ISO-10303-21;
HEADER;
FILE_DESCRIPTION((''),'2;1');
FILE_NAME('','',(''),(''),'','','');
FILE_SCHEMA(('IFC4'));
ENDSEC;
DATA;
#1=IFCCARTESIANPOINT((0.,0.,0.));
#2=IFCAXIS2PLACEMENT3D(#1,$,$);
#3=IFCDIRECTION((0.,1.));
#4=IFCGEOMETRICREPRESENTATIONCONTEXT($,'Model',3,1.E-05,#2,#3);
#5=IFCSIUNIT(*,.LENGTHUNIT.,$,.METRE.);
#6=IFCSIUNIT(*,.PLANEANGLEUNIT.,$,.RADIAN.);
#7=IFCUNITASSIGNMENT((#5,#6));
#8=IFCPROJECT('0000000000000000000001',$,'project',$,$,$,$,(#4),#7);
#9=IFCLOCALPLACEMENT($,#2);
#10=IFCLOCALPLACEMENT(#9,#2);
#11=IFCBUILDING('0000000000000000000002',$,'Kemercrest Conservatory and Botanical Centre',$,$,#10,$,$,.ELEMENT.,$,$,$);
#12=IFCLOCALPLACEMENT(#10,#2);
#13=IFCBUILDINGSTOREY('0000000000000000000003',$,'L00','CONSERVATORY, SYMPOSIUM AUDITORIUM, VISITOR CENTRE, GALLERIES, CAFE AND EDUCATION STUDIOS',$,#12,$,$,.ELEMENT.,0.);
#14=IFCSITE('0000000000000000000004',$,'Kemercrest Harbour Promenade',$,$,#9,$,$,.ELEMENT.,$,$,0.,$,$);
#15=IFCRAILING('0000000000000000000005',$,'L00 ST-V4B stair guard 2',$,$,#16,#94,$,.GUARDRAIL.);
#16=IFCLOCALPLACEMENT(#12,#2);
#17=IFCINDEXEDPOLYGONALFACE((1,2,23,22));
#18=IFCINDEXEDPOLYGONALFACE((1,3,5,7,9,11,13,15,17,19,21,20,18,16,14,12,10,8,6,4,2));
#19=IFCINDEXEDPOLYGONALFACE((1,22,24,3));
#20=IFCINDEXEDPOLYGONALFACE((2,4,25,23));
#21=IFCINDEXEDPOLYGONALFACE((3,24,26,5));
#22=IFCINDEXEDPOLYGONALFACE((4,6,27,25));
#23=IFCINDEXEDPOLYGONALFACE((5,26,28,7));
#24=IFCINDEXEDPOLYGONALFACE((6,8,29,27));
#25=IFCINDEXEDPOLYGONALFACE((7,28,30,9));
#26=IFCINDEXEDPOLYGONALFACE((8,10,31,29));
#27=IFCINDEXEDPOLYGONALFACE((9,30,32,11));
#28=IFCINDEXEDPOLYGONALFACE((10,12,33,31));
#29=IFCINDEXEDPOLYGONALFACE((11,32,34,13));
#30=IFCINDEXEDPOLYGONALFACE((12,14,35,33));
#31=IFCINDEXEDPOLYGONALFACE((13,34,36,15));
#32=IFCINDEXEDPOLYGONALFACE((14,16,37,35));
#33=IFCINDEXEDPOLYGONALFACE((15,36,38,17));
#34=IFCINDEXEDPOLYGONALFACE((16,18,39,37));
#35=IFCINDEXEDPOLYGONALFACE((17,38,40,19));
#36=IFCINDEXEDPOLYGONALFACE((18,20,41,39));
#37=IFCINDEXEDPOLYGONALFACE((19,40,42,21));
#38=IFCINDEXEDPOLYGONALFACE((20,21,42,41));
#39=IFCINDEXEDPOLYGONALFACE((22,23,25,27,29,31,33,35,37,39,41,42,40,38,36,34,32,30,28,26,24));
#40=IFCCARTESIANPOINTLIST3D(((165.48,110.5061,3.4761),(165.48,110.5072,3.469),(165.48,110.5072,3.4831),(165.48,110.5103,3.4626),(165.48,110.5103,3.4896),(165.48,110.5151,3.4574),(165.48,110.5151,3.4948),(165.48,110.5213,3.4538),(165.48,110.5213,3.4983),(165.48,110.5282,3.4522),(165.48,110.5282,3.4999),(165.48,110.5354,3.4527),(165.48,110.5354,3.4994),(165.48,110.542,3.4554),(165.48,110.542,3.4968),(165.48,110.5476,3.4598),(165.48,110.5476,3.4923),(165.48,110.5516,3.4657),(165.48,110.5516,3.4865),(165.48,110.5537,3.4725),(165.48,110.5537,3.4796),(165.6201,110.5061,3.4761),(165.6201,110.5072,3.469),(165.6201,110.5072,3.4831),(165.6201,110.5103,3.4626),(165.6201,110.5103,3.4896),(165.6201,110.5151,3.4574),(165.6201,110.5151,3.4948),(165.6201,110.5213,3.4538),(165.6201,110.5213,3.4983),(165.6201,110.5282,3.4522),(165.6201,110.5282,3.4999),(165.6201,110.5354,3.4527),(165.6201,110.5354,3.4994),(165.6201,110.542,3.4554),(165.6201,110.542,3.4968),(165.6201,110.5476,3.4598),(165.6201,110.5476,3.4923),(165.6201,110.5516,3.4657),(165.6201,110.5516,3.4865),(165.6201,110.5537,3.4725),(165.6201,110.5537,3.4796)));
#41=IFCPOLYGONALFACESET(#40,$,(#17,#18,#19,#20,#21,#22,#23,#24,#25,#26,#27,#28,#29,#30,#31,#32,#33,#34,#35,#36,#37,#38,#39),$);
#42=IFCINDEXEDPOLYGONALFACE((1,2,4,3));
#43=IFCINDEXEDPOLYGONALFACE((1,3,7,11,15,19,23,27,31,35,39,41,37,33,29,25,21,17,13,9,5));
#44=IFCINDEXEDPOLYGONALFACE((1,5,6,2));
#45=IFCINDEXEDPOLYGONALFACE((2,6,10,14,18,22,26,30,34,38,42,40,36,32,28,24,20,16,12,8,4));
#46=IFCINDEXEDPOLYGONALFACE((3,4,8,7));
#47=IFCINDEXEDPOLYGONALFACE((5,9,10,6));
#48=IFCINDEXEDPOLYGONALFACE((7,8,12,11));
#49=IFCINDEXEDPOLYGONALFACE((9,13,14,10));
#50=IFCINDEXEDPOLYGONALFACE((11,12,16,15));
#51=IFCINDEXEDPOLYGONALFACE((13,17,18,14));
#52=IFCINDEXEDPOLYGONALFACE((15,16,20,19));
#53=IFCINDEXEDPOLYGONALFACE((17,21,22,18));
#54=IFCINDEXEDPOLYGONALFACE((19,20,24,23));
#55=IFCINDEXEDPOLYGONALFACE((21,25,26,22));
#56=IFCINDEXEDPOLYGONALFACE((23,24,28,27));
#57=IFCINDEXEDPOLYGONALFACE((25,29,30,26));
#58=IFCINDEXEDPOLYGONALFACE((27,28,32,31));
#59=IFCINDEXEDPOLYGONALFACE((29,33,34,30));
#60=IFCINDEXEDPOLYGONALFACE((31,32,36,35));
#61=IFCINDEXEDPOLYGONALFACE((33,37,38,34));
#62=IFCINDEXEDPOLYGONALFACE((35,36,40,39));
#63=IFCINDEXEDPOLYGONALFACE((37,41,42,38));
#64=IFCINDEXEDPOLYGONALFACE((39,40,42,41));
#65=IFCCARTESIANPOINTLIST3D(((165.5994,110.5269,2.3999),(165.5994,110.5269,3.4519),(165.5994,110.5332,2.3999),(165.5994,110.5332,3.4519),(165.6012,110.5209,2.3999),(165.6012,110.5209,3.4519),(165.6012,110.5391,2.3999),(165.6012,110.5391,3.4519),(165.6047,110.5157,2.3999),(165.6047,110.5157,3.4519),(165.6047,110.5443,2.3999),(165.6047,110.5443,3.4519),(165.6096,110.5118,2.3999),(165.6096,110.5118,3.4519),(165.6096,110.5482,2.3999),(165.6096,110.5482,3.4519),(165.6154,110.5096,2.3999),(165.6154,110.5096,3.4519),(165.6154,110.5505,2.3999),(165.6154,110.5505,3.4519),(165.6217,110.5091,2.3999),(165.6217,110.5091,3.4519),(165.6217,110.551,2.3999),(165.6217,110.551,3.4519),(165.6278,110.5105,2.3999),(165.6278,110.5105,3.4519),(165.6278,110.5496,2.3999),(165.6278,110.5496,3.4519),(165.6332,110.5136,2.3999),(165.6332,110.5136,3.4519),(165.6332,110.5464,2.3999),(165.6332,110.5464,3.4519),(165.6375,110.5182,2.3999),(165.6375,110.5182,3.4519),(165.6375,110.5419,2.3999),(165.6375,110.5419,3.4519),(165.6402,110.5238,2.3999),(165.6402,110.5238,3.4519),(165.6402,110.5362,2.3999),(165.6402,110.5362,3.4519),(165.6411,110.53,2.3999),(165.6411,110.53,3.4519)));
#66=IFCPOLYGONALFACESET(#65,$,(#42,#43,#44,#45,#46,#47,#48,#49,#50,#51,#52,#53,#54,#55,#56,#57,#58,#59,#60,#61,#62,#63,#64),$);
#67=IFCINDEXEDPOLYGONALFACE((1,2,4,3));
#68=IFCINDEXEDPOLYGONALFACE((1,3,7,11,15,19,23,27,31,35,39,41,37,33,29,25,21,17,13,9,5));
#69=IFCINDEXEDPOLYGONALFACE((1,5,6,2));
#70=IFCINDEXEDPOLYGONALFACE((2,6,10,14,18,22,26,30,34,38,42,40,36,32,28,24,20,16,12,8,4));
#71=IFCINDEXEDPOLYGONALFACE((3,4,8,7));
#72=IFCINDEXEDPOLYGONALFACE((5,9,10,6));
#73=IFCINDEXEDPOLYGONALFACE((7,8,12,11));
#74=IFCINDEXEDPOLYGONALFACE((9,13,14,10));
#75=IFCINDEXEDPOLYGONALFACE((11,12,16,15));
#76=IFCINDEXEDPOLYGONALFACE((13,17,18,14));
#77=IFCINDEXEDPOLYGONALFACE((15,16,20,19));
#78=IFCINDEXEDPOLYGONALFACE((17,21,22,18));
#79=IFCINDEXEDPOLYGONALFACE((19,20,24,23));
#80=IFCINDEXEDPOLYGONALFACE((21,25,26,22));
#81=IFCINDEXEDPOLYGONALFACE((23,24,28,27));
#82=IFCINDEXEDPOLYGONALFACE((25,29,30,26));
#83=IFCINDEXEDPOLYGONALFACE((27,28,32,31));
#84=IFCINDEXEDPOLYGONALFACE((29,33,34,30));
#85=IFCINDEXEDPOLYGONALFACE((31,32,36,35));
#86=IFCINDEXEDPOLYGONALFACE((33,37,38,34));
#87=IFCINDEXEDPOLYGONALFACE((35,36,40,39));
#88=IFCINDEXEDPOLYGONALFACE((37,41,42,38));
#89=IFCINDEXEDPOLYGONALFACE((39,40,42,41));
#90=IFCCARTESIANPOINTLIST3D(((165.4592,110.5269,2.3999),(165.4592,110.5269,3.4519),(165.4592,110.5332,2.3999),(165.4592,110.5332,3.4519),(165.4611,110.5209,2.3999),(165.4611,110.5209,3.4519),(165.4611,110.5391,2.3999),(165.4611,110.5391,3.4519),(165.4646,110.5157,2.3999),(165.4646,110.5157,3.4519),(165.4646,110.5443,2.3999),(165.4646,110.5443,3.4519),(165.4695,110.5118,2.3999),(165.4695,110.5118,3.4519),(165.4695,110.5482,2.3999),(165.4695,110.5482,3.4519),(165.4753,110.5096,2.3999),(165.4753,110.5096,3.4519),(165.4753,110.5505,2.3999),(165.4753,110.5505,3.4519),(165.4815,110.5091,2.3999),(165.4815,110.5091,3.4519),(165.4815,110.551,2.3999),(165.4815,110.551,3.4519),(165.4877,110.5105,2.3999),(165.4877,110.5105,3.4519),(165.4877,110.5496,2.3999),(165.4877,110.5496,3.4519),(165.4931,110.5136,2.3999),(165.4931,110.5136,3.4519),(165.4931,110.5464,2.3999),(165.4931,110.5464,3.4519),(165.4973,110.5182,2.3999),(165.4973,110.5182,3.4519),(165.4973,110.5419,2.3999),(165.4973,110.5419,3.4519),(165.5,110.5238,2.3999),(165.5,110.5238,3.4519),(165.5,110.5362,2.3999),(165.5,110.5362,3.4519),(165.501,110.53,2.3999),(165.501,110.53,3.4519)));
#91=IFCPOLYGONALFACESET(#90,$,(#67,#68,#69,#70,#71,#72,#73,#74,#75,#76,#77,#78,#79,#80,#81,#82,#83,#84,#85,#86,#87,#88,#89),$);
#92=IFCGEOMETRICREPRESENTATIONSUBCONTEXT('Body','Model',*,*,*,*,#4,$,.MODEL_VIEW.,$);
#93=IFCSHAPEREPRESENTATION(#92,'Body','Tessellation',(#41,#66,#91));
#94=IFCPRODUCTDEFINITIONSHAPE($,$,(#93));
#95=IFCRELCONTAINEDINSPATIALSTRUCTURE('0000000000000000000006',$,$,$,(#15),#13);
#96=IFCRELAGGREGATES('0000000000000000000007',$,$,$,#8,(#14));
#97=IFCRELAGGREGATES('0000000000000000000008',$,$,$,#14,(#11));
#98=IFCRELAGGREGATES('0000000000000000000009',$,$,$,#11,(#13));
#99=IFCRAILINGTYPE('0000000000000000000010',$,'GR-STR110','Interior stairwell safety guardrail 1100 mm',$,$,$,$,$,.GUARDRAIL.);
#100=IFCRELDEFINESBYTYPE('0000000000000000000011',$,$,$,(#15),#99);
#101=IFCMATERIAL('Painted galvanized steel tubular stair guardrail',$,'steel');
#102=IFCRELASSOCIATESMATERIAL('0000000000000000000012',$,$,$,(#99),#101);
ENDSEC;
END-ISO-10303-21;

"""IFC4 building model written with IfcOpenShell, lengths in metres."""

from ifc_helpers import new_model, si_unit, direction, frame, origin, origin_2d, place, context, subcontext, project, spatial, circle, extrude, material, type_object, element, save


model = new_model("IFC4")

# Units and contexts
model_context = context("Model", 3, precision=1e-05, world=origin(), true_north=direction((0.0, 1.0)))
body_context = subcontext(model_context, "Body", "Model", "MODEL_VIEW")
ifc_project = project(units=[si_unit("LENGTHUNIT", "METRE"), si_unit("PLANEANGLEUNIT", "RADIAN")], contexts=[model_context])

# Site, building, storey
site_placement = place(None, origin())
site = spatial("IfcSite", under=ifc_project, at=site_placement, Name="Kemercrest Harbour Promenade", CompositionType="ELEMENT", RefElevation=0.0)
building_placement = place(site_placement, origin())
building = spatial("IfcBuilding", under=site, at=building_placement, Name="Kemercrest Conservatory and Botanical Centre", CompositionType="ELEMENT")
storey_placement = place(building_placement, origin())
storey = spatial("IfcBuildingStorey", under=building, at=storey_placement, Name="L00", Description="CONSERVATORY, SYMPOSIUM AUDITORIUM, VISITOR CENTRE, GALLERIES, CAFE AND EDUCATION STUDIOS", CompositionType="ELEMENT", Elevation=0.0)

# Railing
ifc_material_1 = material(Name="Painted galvanized steel tubular stair guardrail", Category="steel")
railing_type_1 = type_object("IfcRailingType", Name="GR-STR110", Description="Interior stairwell safety guardrail 1100 mm", PredefinedType="GUARDRAIL", material=ifc_material_1)
railing_1_placement = place(storey_placement, frame((165.6201, 110.53, 2.3999)))
element("IfcRailing", 1, at=railing_1_placement, inside=storey, type_object=railing_type_1, Name="L00 ST-V4B stair guard 2", PredefinedType="GUARDRAIL", context=body_context, shape_type="SweptSolid", body=[
    extrude(circle(Radius=0.0239, at=origin_2d()), frame((0.0, 0.0, 1.0762), z_axis=(-1.0, 0.0, 0.0), x_axis=(0.0, -1.0, 0.0)), (0.0, 0.0, 1.0), 0.1401),
    extrude(circle(Radius=0.021, at=origin_2d()), origin(), (0.0, 0.0, 1.0), 1.052),
    extrude(circle(Radius=0.021, at=origin_2d()), frame((-0.1401, 0.0, 0.0)), (0.0, 0.0, 1.0), 1.052),
])

save(model, "model.ifc")
